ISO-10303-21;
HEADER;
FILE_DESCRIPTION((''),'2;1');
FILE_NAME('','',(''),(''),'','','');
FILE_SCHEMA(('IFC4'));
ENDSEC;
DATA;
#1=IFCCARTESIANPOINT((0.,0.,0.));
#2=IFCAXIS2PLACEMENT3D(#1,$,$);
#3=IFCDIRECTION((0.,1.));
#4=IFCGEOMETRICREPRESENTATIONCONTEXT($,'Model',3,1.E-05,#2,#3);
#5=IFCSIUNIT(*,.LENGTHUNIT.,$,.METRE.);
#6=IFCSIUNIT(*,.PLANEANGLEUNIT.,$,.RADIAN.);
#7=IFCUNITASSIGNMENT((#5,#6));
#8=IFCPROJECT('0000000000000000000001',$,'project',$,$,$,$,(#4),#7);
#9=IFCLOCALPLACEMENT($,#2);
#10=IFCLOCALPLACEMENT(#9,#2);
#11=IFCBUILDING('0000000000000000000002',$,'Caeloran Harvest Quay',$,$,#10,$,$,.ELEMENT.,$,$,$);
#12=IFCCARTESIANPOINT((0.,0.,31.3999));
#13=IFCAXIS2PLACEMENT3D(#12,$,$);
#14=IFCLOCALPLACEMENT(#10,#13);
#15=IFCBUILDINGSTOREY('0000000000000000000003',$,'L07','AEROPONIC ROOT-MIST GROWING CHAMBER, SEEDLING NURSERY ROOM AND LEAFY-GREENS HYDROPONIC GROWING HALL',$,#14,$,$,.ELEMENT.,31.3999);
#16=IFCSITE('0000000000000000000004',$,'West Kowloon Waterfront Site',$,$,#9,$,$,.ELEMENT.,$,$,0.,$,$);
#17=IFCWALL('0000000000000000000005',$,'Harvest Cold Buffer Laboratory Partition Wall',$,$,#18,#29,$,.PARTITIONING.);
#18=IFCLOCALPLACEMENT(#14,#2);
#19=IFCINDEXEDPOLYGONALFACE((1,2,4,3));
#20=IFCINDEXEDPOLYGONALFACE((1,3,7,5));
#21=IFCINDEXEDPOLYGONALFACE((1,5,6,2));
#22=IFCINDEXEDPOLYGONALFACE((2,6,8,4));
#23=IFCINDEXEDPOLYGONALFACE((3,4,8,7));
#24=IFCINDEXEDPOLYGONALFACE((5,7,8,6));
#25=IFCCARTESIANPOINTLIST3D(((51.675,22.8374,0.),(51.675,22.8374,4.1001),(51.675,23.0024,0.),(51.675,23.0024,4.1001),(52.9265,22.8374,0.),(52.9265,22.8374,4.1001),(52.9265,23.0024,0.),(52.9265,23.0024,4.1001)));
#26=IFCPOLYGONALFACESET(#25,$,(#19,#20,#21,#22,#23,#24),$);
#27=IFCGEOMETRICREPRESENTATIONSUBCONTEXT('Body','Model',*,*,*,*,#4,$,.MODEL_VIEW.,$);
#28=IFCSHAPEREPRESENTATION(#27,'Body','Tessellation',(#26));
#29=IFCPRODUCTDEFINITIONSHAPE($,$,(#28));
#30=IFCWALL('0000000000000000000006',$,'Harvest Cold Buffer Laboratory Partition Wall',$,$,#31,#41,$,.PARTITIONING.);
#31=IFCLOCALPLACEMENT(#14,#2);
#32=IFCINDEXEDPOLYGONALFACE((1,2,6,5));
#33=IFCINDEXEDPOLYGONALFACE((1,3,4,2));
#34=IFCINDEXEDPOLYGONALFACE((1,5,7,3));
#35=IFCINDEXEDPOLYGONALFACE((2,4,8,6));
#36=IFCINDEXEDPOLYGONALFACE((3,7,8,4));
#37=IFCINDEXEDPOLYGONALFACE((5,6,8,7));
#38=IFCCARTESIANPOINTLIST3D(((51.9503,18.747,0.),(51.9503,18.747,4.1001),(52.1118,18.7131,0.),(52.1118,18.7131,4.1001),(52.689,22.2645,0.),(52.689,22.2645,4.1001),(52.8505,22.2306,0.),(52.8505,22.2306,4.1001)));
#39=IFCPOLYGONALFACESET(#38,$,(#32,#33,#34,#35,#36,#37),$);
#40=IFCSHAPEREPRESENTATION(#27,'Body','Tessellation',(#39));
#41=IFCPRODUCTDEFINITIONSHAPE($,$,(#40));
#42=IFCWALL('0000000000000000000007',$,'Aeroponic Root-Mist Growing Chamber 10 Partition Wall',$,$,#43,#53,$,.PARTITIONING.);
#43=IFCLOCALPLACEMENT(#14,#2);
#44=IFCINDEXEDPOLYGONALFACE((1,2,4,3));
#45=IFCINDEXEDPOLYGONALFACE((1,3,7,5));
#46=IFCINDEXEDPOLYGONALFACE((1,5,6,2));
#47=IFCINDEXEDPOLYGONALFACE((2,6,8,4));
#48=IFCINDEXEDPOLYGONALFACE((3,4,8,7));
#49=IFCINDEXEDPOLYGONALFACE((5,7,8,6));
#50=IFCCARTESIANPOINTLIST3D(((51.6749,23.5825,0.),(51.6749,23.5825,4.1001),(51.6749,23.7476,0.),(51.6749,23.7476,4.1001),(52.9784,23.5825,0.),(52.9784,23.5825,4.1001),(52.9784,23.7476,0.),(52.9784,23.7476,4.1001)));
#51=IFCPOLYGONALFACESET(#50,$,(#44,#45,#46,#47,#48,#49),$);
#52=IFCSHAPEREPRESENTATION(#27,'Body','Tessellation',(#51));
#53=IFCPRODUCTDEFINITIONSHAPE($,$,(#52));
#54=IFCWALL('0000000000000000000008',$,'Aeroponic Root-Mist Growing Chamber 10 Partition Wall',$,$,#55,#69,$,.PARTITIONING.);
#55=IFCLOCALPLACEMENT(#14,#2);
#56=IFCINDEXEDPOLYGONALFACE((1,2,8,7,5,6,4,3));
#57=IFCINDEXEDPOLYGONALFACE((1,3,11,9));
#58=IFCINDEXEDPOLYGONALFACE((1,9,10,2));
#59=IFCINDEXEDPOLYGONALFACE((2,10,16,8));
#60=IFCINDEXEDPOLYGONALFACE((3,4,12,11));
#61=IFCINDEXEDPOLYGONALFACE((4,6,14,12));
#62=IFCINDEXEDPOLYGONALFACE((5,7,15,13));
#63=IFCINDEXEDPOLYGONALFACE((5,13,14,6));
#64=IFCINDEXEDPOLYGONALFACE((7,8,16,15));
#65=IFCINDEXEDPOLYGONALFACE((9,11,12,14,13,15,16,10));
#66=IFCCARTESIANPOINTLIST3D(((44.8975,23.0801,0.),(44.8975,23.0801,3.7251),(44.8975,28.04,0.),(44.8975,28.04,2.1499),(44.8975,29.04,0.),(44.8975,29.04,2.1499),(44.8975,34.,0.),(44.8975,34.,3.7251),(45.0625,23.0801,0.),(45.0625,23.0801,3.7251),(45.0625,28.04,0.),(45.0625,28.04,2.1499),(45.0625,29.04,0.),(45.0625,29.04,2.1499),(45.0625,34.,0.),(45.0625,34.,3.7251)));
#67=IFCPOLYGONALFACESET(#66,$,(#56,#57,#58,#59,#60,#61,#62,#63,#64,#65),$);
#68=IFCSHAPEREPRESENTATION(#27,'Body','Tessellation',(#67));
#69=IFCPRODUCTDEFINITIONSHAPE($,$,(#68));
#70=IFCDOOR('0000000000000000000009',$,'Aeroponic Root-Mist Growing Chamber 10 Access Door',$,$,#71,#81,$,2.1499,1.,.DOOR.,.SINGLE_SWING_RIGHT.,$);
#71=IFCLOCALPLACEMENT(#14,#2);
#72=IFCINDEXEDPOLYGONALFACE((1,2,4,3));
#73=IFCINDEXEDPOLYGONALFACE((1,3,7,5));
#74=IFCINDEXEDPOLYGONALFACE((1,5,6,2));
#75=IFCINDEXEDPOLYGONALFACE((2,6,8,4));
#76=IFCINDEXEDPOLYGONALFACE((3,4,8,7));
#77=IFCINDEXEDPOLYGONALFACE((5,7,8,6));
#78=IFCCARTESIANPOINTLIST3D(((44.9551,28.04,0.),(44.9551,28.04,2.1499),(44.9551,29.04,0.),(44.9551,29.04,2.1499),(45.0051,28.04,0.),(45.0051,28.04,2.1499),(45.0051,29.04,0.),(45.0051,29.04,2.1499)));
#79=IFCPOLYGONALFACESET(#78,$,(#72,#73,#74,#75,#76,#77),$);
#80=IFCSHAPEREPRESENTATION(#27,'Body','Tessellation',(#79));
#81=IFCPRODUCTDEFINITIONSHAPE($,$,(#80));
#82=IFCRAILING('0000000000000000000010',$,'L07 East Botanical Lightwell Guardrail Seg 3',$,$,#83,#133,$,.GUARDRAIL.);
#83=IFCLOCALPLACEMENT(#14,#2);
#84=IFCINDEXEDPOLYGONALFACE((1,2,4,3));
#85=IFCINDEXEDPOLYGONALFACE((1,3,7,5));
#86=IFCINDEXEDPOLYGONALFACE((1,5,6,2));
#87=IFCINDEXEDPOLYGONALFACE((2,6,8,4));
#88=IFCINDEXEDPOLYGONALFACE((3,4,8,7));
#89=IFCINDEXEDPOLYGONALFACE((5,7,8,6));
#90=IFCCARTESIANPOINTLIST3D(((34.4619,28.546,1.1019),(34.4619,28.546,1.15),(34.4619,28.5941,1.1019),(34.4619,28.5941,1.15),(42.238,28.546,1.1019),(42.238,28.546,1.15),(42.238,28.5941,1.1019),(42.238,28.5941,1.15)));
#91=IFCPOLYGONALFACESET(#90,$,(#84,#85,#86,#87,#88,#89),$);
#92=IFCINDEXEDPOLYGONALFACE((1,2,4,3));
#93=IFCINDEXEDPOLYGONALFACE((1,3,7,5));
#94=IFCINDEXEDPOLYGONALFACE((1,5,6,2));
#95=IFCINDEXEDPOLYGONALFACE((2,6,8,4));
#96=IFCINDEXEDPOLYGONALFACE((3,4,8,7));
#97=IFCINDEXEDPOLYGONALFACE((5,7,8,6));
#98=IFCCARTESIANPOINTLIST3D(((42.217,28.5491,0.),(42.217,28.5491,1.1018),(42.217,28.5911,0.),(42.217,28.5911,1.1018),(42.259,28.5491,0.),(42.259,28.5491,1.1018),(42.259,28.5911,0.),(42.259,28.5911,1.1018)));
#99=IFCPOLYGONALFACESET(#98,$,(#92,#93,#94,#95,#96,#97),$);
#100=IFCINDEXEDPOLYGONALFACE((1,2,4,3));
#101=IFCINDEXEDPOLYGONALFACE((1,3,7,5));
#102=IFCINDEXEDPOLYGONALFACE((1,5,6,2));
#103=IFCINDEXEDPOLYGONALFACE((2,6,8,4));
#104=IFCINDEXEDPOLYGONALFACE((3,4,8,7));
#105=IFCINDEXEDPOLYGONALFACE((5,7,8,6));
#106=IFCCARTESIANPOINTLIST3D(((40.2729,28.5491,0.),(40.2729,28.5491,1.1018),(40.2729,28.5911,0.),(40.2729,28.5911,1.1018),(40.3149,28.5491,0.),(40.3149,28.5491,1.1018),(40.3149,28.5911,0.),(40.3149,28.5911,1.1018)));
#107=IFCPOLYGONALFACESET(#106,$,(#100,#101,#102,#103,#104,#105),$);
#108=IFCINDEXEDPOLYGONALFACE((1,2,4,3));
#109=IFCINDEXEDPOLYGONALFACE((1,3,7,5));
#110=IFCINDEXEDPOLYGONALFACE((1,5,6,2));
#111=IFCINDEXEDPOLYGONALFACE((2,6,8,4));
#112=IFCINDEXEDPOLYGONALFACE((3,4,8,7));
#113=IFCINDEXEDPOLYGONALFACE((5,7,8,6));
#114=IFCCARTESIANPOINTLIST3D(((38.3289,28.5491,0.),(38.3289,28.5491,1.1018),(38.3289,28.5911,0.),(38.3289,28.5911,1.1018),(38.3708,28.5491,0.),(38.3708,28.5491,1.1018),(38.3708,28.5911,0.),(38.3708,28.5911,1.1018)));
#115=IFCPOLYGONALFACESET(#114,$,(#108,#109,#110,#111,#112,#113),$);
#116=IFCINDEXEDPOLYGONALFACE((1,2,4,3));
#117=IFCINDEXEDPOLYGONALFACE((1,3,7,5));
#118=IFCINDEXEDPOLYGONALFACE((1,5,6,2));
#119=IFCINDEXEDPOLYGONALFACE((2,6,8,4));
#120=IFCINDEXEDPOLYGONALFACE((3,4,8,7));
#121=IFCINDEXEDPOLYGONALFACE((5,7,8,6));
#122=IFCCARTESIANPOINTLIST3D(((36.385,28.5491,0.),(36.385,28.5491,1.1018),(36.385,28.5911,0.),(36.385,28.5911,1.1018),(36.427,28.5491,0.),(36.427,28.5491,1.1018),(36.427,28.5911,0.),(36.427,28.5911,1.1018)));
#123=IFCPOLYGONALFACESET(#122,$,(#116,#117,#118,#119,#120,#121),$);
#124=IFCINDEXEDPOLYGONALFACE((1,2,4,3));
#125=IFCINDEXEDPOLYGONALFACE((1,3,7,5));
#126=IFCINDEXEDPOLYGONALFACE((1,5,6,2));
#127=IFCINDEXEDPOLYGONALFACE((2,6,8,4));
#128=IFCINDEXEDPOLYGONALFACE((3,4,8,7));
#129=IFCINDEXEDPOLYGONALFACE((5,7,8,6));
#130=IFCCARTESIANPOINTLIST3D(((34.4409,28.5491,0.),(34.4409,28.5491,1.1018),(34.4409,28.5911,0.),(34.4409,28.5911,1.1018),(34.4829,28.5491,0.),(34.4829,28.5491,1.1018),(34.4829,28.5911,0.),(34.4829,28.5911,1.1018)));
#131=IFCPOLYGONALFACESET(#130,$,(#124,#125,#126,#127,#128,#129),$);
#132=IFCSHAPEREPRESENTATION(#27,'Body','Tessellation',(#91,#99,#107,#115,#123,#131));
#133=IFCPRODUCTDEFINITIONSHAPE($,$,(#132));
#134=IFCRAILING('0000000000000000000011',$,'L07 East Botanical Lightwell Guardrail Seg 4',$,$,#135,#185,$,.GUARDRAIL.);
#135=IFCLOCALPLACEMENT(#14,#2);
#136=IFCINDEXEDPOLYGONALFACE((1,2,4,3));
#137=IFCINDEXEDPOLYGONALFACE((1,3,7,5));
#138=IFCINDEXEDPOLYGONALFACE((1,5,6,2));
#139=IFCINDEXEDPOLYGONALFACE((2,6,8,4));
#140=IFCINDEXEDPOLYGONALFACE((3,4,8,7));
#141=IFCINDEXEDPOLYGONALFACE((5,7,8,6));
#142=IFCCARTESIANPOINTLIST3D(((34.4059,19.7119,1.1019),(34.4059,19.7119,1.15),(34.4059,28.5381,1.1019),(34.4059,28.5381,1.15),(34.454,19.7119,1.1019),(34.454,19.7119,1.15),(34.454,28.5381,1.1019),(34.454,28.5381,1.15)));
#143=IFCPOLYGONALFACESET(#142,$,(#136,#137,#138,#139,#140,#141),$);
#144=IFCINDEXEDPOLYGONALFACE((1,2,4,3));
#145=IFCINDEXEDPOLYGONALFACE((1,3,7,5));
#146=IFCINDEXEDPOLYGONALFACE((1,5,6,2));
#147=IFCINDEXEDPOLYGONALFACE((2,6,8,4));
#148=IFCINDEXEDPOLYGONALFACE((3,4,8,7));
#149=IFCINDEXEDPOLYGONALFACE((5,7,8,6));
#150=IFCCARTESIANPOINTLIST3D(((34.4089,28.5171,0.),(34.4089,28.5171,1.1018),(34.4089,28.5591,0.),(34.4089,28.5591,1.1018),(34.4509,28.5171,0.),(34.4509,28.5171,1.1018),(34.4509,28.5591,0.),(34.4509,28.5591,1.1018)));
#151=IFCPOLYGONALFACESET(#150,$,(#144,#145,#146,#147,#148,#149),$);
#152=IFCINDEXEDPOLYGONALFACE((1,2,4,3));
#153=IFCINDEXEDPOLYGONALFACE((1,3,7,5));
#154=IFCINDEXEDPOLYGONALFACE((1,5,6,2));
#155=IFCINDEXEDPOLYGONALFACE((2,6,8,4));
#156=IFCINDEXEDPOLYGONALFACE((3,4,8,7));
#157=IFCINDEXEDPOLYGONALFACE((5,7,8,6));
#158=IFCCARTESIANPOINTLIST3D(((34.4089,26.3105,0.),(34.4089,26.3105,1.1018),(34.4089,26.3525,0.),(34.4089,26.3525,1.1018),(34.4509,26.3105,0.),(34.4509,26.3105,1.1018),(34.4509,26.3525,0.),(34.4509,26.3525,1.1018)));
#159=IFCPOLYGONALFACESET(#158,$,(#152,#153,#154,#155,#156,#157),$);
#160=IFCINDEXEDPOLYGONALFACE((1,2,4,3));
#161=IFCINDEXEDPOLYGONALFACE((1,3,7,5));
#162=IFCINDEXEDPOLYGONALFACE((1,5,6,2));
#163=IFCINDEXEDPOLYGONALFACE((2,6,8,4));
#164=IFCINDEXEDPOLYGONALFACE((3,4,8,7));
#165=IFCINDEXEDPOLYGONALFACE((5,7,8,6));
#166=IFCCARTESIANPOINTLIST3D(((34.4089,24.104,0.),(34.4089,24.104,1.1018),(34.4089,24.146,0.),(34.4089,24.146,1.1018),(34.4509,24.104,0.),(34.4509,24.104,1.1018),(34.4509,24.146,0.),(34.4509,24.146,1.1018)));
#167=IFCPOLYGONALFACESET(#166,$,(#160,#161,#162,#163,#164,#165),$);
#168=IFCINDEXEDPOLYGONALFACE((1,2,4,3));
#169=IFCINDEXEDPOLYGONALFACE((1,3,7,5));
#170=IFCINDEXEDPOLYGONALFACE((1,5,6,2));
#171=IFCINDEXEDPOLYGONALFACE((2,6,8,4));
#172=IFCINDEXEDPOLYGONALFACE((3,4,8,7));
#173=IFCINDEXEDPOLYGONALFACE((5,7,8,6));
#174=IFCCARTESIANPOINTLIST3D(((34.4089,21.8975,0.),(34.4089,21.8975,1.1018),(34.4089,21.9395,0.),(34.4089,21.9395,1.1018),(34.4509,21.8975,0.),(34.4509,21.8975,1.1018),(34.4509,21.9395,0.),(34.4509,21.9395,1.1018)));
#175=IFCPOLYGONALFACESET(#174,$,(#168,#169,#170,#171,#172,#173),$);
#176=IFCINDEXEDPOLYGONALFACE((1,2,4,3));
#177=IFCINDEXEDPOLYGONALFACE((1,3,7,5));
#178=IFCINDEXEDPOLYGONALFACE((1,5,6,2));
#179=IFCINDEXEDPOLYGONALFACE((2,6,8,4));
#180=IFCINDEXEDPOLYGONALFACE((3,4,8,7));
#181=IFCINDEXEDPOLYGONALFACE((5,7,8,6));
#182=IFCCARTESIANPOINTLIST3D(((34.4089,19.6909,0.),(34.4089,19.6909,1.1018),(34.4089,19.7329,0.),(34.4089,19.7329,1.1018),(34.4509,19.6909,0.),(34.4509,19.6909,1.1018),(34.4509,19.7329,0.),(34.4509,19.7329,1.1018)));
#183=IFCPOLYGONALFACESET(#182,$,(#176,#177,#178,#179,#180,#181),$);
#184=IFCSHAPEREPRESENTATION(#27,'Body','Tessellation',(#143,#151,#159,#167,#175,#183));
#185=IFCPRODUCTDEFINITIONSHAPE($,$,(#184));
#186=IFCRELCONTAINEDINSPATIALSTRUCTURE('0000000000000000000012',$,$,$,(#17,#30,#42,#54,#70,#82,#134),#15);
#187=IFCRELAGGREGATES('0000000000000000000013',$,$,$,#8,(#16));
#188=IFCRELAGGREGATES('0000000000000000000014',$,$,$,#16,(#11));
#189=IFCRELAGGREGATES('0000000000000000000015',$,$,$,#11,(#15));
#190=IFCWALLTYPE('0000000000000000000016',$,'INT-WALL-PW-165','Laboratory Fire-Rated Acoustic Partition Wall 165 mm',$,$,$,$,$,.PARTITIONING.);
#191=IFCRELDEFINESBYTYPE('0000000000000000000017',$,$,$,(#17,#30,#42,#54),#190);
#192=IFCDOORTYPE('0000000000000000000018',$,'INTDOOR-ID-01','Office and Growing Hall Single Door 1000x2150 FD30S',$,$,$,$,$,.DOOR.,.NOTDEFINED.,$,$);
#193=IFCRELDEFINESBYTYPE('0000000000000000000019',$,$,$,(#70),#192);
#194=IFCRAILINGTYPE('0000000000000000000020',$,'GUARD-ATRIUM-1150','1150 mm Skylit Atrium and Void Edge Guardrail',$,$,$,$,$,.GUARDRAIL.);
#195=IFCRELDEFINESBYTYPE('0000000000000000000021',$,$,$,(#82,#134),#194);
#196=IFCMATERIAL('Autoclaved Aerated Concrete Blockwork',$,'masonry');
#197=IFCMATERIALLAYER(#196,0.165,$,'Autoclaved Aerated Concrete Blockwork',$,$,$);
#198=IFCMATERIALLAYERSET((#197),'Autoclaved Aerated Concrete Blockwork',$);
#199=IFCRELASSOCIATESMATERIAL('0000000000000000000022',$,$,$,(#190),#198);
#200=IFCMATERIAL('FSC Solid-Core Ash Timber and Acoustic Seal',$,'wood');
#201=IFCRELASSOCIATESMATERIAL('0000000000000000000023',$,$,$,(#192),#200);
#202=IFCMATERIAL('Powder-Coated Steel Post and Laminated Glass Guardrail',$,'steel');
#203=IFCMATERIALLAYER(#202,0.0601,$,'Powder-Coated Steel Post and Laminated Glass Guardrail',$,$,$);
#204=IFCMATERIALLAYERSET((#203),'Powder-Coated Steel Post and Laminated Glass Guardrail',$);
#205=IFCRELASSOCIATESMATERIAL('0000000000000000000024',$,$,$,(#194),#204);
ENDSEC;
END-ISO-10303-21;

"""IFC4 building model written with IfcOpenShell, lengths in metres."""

from ifc_helpers import new_model, si_unit, direction, frame, frame_2d, origin, origin_2d, place, context, subcontext, project, spatial, rectangle, extrude, material, layer, layer_set, type_object, element, fill, save


model = new_model("IFC4")

# Units and contexts
model_context = context("Model", 3, precision=1e-05, world=origin(), true_north=direction((0.0, 1.0)))
body_context = subcontext(model_context, "Body", "Model", "MODEL_VIEW")
ifc_project = project(units=[si_unit("LENGTHUNIT", "METRE"), si_unit("PLANEANGLEUNIT", "RADIAN")], contexts=[model_context])

# Site, building, storey
site_placement = place(None, origin())
site = spatial("IfcSite", under=ifc_project, at=site_placement, Name="West Kowloon Waterfront Site", CompositionType="ELEMENT", RefElevation=0.0)
building_placement = place(site_placement, origin())
building = spatial("IfcBuilding", under=site, at=building_placement, Name="Caeloran Harvest Quay", CompositionType="ELEMENT")
storey_placement = place(building_placement, frame((0.0, 0.0, 31.3999)))
storey = spatial("IfcBuildingStorey", under=building, at=storey_placement, Name="L07", Description="AEROPONIC ROOT-MIST GROWING CHAMBER, SEEDLING NURSERY ROOM AND LEAFY-GREENS HYDROPONIC GROWING HALL", CompositionType="ELEMENT", Elevation=31.3999)

# Walls
ifc_material_1 = material(Name="Autoclaved Aerated Concrete Blockwork", Category="masonry")
ifc_layer_1 = layer(ifc_material_1, 0.165, Name="Autoclaved Aerated Concrete Blockwork")
ifc_layer_set_1 = layer_set([ifc_layer_1], Name="Autoclaved Aerated Concrete Blockwork")
wall_type = type_object("IfcWallType", Name="INT-WALL-PW-165", Description="Laboratory Fire-Rated Acoustic Partition Wall 165 mm", PredefinedType="PARTITIONING", material=ifc_layer_set_1)
wall_1_placement = place(storey_placement, frame((51.675, 22.9199, 0.0), z_axis=(0.0, 0.0, 1.0), x_axis=(1.0, 0.0, 0.0)))
element("IfcWall", 1, at=wall_1_placement, inside=storey, type_object=wall_type, Name="Harvest Cold Buffer Laboratory Partition Wall", PredefinedType="PARTITIONING", context=body_context, shape_type="SweptSolid", body=[
    extrude(rectangle(XDim=1.2515, YDim=0.165, at=frame_2d((0.6257, 0.0))), origin(), (0.0, 0.0, 1.0), 4.1001),
])
wall_2_placement = place(storey_placement, frame((52.7698, 22.2476, 0.0), z_axis=(0.0, 0.0, 1.0), x_axis=(-0.205538, -0.978649, 0.0)))
element("IfcWall", 2, at=wall_2_placement, inside=storey, type_object=wall_type, Name="Harvest Cold Buffer Laboratory Partition Wall", PredefinedType="PARTITIONING", context=body_context, shape_type="SweptSolid", body=[
    extrude(rectangle(XDim=3.5942, YDim=0.165, at=frame_2d((1.7971, 0.0))), origin(), (0.0, 0.0, 1.0), 4.1001),
])
wall_3_placement = place(storey_placement, frame((52.9785, 23.665, 0.0), z_axis=(0.0, 0.0, 1.0), x_axis=(-1.0, 0.0, 0.0)))
element("IfcWall", 3, at=wall_3_placement, inside=storey, type_object=wall_type, Name="Aeroponic Root-Mist Growing Chamber 10 Partition Wall", PredefinedType="PARTITIONING", context=body_context, shape_type="SweptSolid", body=[
    extrude(rectangle(XDim=1.3035, YDim=0.165, at=frame_2d((0.6519, 0.0))), origin(), (0.0, 0.0, 1.0), 4.1001),
])

# Wall, opening, door
wall_4_placement = place(storey_placement, frame((44.98, 23.0801, 0.0), z_axis=(0.0, 0.0, 1.0), x_axis=(0.0, 1.0, 0.0)))
wall_4 = element("IfcWall", 4, at=wall_4_placement, inside=storey, type_object=wall_type, Name="Aeroponic Root-Mist Growing Chamber 10 Partition Wall", PredefinedType="PARTITIONING", context=body_context, shape_type="SweptSolid", body=[
    extrude(rectangle(XDim=10.9199, YDim=0.165, at=frame_2d((5.46, 0.0))), origin(), (0.0, 0.0, 1.0), 3.7251),
])
opening_placement = place(wall_4_placement, frame((4.96, 0.0, 0.0)))
opening = element("IfcOpeningElement", 5, at=opening_placement, cuts=wall_4, PredefinedType="OPENING", context=body_context, shape_type="SweptSolid", body=[
    extrude(rectangle(XDim=1.0, YDim=2.1499, at=frame_2d((0.5, 1.075))), frame((0.0, 0.0925, 0.0), z_axis=(0.0, -1.0, 0.0), x_axis=(1.0, 0.0, 0.0)), (0.0, 0.0, 1.0), 0.1851),
])
ifc_material_2 = material(Name="FSC Solid-Core Ash Timber and Acoustic Seal", Category="wood")
door_type = type_object("IfcDoorType", Name="INTDOOR-ID-01", Description="Office and Growing Hall Single Door 1000x2150 FD30S", OperationType="NOTDEFINED", PredefinedType="DOOR", material=ifc_material_2)
door_placement = place(opening_placement, origin())
door = element("IfcDoor", 6, at=door_placement, inside=storey, type_object=door_type, Name="Aeroponic Root-Mist Growing Chamber 10 Access Door", OperationType="SINGLE_SWING_RIGHT", OverallHeight=2.1499, OverallWidth=1.0, PredefinedType="DOOR", context=body_context, shape_type="SweptSolid", body=[
    extrude(rectangle(XDim=1.0, YDim=2.1499, at=frame_2d((0.5, 1.075))), frame((0.0, 0.0249, 0.0), z_axis=(0.0, -1.0, 0.0), x_axis=(1.0, 0.0, 0.0)), (0.0, 0.0, 1.0), 0.05),
])
fill(opening, door)

# Railings
ifc_material_3 = material(Name="Powder-Coated Steel Post and Laminated Glass Guardrail", Category="steel")
ifc_layer_2 = layer(ifc_material_3, 0.0601, Name="Powder-Coated Steel Post and Laminated Glass Guardrail")
ifc_layer_set_2 = layer_set([ifc_layer_2], Name="Powder-Coated Steel Post and Laminated Glass Guardrail")
railing_type = type_object("IfcRailingType", Name="GUARD-ATRIUM-1150", Description="1150 mm Skylit Atrium and Void Edge Guardrail", PredefinedType="GUARDRAIL", material=ifc_layer_set_2)
railing_1_placement = place(storey_placement, frame((42.238, 28.5701, 0.0)))
element("IfcRailing", 7, at=railing_1_placement, inside=storey, type_object=railing_type, Name="L07 East Botanical Lightwell Guardrail Seg 3", PredefinedType="GUARDRAIL", context=body_context, shape_type="SweptSolid", body=[
    extrude(rectangle(XDim=0.0481, YDim=0.0481, at=origin_2d()), frame((0.0, 0.0, 1.126), z_axis=(-1.0, 0.0, 0.0), x_axis=(0.0, -1.0, 0.0)), (0.0, 0.0, 1.0), 7.7761),
    extrude(rectangle(XDim=0.042, YDim=0.042, at=origin_2d()), origin(), (0.0, 0.0, 1.0), 1.1018),
    extrude(rectangle(XDim=0.042, YDim=0.042, at=origin_2d()), frame((-1.9441, 0.0, 0.0)), (0.0, 0.0, 1.0), 1.1018),
    extrude(rectangle(XDim=0.042, YDim=0.042, at=origin_2d()), frame((-3.8882, 0.0, 0.0)), (0.0, 0.0, 1.0), 1.1018),
    extrude(rectangle(XDim=0.042, YDim=0.042, at=origin_2d()), frame((-5.832, 0.0, 0.0)), (0.0, 0.0, 1.0), 1.1018),
    extrude(rectangle(XDim=0.042, YDim=0.042, at=origin_2d()), frame((-7.7761, 0.0, 0.0)), (0.0, 0.0, 1.0), 1.1018),
])
railing_2_placement = place(storey_placement, frame((34.4299, 28.5381, 0.0)))
element("IfcRailing", 8, at=railing_2_placement, inside=storey, type_object=railing_type, Name="L07 East Botanical Lightwell Guardrail Seg 4", PredefinedType="GUARDRAIL", context=body_context, shape_type="SweptSolid", body=[
    extrude(rectangle(XDim=0.0481, YDim=0.0481, at=origin_2d()), frame((0.0, 0.0, 1.126), z_axis=(0.0, -1.0, 0.0), x_axis=(1.0, 0.0, 0.0)), (0.0, 0.0, 1.0), 8.8262),
    extrude(rectangle(XDim=0.042, YDim=0.042, at=origin_2d()), origin(), (0.0, 0.0, 1.0), 1.1018),
    extrude(rectangle(XDim=0.042, YDim=0.042, at=origin_2d()), frame((0.0, -2.2065, 0.0)), (0.0, 0.0, 1.0), 1.1018),
    extrude(rectangle(XDim=0.042, YDim=0.042, at=origin_2d()), frame((0.0, -4.4131, 0.0)), (0.0, 0.0, 1.0), 1.1018),
    extrude(rectangle(XDim=0.042, YDim=0.042, at=origin_2d()), frame((0.0, -6.6196, 0.0)), (0.0, 0.0, 1.0), 1.1018),
    extrude(rectangle(XDim=0.042, YDim=0.042, at=origin_2d()), frame((0.0, -8.8262, 0.0)), (0.0, 0.0, 1.0), 1.1018),
])

save(model, "model.ifc")
